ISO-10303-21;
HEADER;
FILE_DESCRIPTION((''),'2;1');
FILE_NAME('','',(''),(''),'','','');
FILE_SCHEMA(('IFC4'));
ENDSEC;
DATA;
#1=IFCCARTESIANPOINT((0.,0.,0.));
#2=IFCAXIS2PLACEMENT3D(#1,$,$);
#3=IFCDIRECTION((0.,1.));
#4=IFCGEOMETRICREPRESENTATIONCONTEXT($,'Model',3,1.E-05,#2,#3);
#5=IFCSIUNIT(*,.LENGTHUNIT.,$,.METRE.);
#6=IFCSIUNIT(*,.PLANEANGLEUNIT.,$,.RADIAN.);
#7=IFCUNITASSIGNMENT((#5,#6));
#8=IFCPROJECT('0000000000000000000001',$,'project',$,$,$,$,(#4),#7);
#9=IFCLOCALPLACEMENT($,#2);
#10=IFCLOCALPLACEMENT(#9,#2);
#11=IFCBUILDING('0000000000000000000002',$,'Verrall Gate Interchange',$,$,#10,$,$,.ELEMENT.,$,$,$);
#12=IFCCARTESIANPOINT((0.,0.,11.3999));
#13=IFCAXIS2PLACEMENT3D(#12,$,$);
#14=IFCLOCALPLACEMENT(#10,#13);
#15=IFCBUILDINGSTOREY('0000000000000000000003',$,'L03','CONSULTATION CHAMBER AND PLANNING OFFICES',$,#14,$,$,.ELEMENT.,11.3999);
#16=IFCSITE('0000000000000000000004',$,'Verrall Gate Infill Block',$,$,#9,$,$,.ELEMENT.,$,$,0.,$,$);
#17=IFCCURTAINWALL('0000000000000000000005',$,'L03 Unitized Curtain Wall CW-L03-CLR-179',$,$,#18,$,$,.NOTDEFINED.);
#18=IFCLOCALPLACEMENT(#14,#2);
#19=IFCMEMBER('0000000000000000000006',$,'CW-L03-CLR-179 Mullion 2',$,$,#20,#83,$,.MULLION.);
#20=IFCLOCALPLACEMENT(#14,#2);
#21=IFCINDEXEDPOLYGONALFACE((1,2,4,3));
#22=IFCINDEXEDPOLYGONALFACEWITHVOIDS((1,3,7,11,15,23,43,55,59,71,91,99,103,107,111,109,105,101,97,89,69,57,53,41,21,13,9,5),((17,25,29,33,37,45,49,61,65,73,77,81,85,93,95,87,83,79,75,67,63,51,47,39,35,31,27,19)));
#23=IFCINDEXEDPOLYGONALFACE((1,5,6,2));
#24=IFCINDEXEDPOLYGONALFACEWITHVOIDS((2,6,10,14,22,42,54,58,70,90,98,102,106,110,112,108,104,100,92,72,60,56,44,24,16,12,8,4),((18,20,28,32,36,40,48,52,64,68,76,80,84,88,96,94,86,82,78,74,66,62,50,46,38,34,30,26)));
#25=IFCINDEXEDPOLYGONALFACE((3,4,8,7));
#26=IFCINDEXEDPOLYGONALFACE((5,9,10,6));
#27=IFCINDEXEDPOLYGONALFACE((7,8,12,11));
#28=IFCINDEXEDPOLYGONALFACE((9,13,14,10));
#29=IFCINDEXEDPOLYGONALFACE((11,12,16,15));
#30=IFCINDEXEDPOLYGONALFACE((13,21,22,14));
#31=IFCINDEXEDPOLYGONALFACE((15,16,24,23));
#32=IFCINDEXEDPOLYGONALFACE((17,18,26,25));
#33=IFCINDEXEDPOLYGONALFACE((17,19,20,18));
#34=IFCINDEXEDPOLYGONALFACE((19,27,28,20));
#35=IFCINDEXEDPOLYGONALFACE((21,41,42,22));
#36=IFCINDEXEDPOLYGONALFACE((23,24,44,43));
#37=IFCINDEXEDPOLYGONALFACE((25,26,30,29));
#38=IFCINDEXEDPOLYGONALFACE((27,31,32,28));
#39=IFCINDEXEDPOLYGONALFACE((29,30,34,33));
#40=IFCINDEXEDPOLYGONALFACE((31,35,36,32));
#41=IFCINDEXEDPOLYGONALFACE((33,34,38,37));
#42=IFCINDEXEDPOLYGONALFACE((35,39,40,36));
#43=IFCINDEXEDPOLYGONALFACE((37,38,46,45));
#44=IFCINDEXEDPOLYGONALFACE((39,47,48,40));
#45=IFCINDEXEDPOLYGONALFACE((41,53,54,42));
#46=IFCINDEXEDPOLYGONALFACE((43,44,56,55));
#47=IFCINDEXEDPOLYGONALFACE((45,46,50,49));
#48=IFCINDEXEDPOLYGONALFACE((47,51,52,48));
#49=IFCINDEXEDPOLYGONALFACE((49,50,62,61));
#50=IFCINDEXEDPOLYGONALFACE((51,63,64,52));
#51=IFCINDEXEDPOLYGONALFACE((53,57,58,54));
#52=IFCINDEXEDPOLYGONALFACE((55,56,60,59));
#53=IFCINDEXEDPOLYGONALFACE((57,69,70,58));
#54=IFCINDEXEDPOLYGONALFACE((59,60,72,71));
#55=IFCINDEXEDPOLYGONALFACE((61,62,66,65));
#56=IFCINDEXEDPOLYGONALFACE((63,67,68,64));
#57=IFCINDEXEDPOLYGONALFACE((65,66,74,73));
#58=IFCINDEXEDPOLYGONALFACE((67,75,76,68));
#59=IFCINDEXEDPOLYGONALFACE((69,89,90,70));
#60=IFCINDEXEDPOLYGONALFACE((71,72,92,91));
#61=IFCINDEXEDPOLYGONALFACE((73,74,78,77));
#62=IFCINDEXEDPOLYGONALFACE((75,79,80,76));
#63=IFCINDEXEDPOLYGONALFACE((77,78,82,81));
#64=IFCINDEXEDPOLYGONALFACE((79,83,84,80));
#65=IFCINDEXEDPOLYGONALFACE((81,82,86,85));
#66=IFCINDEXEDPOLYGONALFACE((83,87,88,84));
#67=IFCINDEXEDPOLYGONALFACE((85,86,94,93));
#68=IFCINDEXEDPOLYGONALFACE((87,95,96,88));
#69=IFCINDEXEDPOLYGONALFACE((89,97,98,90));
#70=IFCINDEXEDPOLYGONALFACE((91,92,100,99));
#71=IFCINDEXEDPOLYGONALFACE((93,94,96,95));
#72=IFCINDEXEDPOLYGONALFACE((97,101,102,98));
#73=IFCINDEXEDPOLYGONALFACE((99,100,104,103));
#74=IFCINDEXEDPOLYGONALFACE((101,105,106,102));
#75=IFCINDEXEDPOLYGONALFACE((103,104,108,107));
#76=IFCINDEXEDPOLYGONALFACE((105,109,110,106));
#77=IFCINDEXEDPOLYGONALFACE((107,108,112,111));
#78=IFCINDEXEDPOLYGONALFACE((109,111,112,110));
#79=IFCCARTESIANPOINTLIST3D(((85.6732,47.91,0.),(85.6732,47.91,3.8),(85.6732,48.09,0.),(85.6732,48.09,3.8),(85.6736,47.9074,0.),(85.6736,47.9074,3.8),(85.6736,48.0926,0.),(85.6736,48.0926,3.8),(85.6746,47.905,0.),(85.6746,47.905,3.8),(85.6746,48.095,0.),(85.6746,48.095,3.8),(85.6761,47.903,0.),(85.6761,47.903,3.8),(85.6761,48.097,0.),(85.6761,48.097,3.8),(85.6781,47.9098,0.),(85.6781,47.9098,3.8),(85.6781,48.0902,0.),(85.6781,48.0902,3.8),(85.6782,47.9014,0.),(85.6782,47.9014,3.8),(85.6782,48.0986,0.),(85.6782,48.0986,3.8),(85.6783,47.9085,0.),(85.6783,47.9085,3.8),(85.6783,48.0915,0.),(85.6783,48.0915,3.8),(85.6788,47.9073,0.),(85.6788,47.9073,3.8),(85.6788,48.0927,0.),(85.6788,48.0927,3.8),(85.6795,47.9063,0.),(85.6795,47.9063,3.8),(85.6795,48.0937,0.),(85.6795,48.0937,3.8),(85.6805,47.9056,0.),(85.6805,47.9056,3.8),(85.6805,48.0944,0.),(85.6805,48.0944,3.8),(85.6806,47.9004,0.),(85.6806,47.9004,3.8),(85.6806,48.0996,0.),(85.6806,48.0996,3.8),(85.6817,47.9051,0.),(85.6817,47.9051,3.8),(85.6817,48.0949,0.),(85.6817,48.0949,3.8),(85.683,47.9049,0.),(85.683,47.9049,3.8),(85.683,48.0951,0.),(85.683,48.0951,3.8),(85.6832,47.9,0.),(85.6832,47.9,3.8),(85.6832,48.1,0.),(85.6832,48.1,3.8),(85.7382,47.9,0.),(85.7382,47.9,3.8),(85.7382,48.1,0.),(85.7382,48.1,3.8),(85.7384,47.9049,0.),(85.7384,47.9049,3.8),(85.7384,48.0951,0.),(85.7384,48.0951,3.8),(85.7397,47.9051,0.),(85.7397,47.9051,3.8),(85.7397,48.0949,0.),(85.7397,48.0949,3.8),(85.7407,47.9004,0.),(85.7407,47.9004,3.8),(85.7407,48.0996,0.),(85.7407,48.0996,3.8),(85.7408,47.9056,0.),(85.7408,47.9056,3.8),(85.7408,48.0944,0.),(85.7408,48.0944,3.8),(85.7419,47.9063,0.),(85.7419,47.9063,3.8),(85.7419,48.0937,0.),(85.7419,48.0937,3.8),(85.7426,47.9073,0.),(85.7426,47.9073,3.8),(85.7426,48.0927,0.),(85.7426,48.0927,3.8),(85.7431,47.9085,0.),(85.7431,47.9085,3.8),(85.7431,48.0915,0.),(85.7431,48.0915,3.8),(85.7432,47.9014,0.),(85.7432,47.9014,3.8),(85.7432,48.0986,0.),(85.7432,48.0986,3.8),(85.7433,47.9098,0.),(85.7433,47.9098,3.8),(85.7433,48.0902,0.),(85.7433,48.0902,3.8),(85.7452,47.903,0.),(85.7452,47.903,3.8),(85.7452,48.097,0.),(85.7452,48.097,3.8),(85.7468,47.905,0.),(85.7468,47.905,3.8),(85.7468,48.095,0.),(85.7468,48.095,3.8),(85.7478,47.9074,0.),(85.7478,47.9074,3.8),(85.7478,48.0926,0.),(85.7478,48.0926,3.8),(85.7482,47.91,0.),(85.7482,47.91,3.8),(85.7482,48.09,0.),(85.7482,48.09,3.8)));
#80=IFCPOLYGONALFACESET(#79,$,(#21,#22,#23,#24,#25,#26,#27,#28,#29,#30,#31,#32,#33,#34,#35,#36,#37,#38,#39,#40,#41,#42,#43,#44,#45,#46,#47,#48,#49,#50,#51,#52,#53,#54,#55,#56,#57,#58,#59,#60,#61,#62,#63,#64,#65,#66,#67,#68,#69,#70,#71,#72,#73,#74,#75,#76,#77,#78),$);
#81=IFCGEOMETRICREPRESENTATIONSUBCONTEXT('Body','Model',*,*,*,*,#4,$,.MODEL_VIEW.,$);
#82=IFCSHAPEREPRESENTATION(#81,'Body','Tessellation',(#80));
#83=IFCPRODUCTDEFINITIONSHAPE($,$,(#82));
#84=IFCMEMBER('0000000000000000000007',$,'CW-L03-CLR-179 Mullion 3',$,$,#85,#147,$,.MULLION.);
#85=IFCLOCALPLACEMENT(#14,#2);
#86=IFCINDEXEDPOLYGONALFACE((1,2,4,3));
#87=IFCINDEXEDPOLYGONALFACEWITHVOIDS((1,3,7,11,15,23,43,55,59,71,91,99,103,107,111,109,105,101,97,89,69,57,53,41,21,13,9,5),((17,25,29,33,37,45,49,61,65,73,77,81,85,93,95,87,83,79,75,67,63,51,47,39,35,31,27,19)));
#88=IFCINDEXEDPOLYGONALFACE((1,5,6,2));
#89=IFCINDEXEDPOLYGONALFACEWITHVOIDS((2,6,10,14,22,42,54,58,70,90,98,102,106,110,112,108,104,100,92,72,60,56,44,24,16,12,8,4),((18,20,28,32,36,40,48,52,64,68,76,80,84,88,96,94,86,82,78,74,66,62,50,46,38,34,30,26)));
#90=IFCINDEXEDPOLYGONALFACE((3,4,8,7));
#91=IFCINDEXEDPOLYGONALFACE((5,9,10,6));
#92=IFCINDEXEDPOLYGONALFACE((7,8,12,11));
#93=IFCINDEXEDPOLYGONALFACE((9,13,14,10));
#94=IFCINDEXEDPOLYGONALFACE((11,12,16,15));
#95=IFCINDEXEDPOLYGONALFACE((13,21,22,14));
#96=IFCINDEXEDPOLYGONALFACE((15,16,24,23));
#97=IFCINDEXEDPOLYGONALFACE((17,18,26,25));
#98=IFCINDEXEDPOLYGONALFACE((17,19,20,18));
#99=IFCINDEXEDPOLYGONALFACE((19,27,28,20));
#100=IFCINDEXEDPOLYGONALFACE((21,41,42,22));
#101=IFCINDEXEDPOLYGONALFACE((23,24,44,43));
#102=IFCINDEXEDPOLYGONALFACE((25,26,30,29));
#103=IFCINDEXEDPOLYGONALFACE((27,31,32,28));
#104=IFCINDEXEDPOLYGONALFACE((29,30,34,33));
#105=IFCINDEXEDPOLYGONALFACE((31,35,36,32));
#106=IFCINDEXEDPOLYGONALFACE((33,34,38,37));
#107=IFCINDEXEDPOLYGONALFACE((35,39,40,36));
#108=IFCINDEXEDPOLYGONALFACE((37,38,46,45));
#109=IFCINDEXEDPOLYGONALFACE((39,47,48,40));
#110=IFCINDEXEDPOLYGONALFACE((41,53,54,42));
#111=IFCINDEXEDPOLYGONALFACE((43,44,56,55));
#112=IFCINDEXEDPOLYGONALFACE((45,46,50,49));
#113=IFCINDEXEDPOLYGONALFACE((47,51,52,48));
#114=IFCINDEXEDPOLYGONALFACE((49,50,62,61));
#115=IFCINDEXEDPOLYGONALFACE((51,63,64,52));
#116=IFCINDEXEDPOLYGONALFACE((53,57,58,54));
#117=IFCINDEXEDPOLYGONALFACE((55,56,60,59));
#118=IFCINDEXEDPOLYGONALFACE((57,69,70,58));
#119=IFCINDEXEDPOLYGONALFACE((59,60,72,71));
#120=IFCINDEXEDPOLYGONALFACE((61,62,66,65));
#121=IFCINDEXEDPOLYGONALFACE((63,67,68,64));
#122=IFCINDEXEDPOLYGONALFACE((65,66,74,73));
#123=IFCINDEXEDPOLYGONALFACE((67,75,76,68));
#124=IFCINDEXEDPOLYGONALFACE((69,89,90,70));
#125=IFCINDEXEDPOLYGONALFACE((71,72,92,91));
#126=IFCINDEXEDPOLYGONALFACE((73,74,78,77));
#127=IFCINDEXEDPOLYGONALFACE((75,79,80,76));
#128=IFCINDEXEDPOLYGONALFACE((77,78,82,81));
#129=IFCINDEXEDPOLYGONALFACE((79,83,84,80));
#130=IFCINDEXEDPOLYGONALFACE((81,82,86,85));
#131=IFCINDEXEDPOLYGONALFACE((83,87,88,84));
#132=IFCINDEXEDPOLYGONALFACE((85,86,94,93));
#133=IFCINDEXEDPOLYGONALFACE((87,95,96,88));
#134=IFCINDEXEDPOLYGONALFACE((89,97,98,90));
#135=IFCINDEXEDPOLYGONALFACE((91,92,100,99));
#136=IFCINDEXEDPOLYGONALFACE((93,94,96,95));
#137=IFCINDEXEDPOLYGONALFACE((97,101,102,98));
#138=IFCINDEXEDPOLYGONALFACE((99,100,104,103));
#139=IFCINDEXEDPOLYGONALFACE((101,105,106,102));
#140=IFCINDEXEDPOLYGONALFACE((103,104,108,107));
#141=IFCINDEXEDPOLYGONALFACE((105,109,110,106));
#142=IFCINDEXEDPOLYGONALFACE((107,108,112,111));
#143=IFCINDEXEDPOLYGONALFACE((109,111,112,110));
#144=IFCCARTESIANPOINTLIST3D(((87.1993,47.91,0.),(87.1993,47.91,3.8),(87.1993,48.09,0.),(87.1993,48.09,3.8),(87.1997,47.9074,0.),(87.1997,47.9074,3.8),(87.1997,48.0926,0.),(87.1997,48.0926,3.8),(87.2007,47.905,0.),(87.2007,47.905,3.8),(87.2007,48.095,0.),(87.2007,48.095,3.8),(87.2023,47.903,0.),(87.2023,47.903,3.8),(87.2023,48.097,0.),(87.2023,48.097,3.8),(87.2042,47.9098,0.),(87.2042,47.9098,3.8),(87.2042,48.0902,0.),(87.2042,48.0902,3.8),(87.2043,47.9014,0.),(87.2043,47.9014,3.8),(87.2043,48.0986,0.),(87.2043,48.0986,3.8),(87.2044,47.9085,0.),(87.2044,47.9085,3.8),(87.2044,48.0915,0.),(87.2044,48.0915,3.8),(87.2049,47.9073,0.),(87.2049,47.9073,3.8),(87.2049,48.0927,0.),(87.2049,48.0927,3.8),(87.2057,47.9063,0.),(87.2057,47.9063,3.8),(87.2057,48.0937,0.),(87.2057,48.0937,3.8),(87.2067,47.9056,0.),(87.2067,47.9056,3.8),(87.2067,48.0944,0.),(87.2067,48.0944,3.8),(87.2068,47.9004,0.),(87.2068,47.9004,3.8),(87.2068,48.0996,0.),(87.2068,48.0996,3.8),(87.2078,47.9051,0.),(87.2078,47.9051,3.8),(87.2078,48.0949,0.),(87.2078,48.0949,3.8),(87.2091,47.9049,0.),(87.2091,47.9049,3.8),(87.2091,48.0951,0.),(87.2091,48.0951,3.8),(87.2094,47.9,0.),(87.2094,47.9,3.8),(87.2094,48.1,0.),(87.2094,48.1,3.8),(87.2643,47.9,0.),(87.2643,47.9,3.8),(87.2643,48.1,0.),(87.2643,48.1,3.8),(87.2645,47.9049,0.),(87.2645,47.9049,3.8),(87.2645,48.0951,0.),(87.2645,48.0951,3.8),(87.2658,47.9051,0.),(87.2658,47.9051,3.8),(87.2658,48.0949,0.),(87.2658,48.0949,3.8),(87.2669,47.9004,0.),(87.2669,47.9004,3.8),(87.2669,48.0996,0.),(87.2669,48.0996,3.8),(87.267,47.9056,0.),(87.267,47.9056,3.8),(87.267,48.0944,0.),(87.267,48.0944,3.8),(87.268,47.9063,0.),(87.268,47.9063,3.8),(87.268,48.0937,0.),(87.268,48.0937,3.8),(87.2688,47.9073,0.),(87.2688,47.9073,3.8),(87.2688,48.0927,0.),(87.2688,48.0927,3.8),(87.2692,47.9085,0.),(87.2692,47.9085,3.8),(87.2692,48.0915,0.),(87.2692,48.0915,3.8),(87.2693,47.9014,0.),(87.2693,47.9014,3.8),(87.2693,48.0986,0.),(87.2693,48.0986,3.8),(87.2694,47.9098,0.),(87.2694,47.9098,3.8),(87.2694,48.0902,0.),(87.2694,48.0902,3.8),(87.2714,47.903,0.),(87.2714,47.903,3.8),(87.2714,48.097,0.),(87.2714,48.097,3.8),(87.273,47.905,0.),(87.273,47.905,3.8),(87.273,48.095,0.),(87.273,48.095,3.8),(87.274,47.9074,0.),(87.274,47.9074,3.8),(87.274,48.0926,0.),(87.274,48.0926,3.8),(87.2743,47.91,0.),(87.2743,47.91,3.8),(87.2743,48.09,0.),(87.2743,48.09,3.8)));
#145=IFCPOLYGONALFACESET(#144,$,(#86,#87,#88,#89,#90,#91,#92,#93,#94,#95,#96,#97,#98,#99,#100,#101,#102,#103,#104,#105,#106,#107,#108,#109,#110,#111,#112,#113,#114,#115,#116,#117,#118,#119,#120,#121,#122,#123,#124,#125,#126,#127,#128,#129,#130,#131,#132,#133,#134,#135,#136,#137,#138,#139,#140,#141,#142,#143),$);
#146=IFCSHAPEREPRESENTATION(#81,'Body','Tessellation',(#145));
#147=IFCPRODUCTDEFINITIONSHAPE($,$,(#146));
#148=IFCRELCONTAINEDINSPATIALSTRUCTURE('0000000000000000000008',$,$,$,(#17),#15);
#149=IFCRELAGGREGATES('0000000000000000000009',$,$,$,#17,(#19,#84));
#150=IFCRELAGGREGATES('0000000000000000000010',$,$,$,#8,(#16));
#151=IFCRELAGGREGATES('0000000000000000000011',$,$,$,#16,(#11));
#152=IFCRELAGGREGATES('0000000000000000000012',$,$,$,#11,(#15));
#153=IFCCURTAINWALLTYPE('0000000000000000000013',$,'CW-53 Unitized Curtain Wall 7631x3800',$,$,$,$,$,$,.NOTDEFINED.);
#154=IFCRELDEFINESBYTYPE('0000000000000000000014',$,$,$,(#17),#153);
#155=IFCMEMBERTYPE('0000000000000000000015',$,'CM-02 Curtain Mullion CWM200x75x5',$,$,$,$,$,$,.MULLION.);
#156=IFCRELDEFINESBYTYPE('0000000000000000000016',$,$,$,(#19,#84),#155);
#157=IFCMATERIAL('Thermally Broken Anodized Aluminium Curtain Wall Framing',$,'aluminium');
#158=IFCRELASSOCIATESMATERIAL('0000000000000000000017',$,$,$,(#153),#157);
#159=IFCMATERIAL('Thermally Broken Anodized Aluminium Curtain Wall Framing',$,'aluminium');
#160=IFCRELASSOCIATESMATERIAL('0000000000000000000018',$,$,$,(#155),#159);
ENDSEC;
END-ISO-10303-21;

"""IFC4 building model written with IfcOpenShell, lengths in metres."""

from ifc_helpers import new_model, si_unit, direction, frame, origin, origin_2d, place, context, subcontext, project, spatial, hollow_rectangle, extrude, material, material_profile, profile_set, type_object, element, aggregate, save


model = new_model("IFC4")

# Units and contexts
model_context = context("Model", 3, precision=1e-05, world=origin(), true_north=direction((0.0, 1.0)))
body_context = subcontext(model_context, "Body", "Model", "MODEL_VIEW")
ifc_project = project(units=[si_unit("LENGTHUNIT", "METRE"), si_unit("PLANEANGLEUNIT", "RADIAN")], contexts=[model_context])

# Site, building, storey
site_placement = place(None, origin())
site = spatial("IfcSite", under=ifc_project, at=site_placement, Name="Verrall Gate Infill Block", CompositionType="ELEMENT", RefElevation=0.0)
building_placement = place(site_placement, origin())
building = spatial("IfcBuilding", under=site, at=building_placement, Name="Verrall Gate Interchange", CompositionType="ELEMENT")
storey_placement = place(building_placement, frame((0.0, 0.0, 11.3999)))
storey = spatial("IfcBuildingStorey", under=building, at=storey_placement, Name="L03", Description="CONSULTATION CHAMBER AND PLANNING OFFICES", CompositionType="ELEMENT", Elevation=11.3999)

# Curtain wall, members
ifc_material_1 = material(Name="Thermally Broken Anodized Aluminium Curtain Wall Framing", Category="aluminium")
curtain_wall_type = type_object("IfcCurtainWallType", Name="CW-53 Unitized Curtain Wall 7631x3800", PredefinedType="NOTDEFINED", material=ifc_material_1)
ifc_material_2 = material(Name="Thermally Broken Anodized Aluminium Curtain Wall Framing", Category="aluminium")
ifc_material_profile_1 = material_profile(ifc_material_2, hollow_rectangle(XDim=0.075, YDim=0.2, WallThickness=0.0049, InnerFilletRadius=0.0049, OuterFilletRadius=0.01, at=origin_2d()), Name="CWM200x75x5")
ifc_profile_set_1 = profile_set([ifc_material_profile_1], Name="Thermally Broken Anodized Aluminium Curtain Wall Framing")
member_type_1 = type_object("IfcMemberType", Name="CM-02 Curtain Mullion CWM200x75x5", PredefinedType="MULLION", material=ifc_profile_set_1)
curtain_wall_1_placement = place(storey_placement, origin())
curtain_wall_1 = element("IfcCurtainWall", 1, at=curtain_wall_1_placement, inside=storey, type_object=curtain_wall_type, Name="L03 Unitized Curtain Wall CW-L03-CLR-179", PredefinedType="NOTDEFINED")
member_1_placement = place(storey_placement, frame((85.7107, 48.0, 0.0), z_axis=(0.0, 0.0, 1.0), x_axis=(1.0, 0.0, 0.0)))
member_1 = element("IfcMember", 2, at=member_1_placement, type_object=member_type_1, Name="CW-L03-CLR-179 Mullion 2", PredefinedType="MULLION", context=body_context, shape_type="SweptSolid", body=[
    extrude(hollow_rectangle(XDim=0.075, YDim=0.2, WallThickness=0.0049, InnerFilletRadius=0.0049, OuterFilletRadius=0.01, at=origin_2d()), origin(), (0.0, 0.0, 1.0), 3.8),
])
member_2_placement = place(storey_placement, frame((87.2368, 48.0, 0.0), z_axis=(0.0, 0.0, 1.0), x_axis=(1.0, 0.0, 0.0)))
member_2 = element("IfcMember", 3, at=member_2_placement, type_object=member_type_1, Name="CW-L03-CLR-179 Mullion 3", PredefinedType="MULLION", context=body_context, shape_type="SweptSolid", body=[
    extrude(hollow_rectangle(XDim=0.075, YDim=0.2, WallThickness=0.0049, InnerFilletRadius=0.0049, OuterFilletRadius=0.01, at=origin_2d()), origin(), (0.0, 0.0, 1.0), 3.8),
])

aggregate(curtain_wall_1, [member_1, member_2])

save(model, "model.ifc")
